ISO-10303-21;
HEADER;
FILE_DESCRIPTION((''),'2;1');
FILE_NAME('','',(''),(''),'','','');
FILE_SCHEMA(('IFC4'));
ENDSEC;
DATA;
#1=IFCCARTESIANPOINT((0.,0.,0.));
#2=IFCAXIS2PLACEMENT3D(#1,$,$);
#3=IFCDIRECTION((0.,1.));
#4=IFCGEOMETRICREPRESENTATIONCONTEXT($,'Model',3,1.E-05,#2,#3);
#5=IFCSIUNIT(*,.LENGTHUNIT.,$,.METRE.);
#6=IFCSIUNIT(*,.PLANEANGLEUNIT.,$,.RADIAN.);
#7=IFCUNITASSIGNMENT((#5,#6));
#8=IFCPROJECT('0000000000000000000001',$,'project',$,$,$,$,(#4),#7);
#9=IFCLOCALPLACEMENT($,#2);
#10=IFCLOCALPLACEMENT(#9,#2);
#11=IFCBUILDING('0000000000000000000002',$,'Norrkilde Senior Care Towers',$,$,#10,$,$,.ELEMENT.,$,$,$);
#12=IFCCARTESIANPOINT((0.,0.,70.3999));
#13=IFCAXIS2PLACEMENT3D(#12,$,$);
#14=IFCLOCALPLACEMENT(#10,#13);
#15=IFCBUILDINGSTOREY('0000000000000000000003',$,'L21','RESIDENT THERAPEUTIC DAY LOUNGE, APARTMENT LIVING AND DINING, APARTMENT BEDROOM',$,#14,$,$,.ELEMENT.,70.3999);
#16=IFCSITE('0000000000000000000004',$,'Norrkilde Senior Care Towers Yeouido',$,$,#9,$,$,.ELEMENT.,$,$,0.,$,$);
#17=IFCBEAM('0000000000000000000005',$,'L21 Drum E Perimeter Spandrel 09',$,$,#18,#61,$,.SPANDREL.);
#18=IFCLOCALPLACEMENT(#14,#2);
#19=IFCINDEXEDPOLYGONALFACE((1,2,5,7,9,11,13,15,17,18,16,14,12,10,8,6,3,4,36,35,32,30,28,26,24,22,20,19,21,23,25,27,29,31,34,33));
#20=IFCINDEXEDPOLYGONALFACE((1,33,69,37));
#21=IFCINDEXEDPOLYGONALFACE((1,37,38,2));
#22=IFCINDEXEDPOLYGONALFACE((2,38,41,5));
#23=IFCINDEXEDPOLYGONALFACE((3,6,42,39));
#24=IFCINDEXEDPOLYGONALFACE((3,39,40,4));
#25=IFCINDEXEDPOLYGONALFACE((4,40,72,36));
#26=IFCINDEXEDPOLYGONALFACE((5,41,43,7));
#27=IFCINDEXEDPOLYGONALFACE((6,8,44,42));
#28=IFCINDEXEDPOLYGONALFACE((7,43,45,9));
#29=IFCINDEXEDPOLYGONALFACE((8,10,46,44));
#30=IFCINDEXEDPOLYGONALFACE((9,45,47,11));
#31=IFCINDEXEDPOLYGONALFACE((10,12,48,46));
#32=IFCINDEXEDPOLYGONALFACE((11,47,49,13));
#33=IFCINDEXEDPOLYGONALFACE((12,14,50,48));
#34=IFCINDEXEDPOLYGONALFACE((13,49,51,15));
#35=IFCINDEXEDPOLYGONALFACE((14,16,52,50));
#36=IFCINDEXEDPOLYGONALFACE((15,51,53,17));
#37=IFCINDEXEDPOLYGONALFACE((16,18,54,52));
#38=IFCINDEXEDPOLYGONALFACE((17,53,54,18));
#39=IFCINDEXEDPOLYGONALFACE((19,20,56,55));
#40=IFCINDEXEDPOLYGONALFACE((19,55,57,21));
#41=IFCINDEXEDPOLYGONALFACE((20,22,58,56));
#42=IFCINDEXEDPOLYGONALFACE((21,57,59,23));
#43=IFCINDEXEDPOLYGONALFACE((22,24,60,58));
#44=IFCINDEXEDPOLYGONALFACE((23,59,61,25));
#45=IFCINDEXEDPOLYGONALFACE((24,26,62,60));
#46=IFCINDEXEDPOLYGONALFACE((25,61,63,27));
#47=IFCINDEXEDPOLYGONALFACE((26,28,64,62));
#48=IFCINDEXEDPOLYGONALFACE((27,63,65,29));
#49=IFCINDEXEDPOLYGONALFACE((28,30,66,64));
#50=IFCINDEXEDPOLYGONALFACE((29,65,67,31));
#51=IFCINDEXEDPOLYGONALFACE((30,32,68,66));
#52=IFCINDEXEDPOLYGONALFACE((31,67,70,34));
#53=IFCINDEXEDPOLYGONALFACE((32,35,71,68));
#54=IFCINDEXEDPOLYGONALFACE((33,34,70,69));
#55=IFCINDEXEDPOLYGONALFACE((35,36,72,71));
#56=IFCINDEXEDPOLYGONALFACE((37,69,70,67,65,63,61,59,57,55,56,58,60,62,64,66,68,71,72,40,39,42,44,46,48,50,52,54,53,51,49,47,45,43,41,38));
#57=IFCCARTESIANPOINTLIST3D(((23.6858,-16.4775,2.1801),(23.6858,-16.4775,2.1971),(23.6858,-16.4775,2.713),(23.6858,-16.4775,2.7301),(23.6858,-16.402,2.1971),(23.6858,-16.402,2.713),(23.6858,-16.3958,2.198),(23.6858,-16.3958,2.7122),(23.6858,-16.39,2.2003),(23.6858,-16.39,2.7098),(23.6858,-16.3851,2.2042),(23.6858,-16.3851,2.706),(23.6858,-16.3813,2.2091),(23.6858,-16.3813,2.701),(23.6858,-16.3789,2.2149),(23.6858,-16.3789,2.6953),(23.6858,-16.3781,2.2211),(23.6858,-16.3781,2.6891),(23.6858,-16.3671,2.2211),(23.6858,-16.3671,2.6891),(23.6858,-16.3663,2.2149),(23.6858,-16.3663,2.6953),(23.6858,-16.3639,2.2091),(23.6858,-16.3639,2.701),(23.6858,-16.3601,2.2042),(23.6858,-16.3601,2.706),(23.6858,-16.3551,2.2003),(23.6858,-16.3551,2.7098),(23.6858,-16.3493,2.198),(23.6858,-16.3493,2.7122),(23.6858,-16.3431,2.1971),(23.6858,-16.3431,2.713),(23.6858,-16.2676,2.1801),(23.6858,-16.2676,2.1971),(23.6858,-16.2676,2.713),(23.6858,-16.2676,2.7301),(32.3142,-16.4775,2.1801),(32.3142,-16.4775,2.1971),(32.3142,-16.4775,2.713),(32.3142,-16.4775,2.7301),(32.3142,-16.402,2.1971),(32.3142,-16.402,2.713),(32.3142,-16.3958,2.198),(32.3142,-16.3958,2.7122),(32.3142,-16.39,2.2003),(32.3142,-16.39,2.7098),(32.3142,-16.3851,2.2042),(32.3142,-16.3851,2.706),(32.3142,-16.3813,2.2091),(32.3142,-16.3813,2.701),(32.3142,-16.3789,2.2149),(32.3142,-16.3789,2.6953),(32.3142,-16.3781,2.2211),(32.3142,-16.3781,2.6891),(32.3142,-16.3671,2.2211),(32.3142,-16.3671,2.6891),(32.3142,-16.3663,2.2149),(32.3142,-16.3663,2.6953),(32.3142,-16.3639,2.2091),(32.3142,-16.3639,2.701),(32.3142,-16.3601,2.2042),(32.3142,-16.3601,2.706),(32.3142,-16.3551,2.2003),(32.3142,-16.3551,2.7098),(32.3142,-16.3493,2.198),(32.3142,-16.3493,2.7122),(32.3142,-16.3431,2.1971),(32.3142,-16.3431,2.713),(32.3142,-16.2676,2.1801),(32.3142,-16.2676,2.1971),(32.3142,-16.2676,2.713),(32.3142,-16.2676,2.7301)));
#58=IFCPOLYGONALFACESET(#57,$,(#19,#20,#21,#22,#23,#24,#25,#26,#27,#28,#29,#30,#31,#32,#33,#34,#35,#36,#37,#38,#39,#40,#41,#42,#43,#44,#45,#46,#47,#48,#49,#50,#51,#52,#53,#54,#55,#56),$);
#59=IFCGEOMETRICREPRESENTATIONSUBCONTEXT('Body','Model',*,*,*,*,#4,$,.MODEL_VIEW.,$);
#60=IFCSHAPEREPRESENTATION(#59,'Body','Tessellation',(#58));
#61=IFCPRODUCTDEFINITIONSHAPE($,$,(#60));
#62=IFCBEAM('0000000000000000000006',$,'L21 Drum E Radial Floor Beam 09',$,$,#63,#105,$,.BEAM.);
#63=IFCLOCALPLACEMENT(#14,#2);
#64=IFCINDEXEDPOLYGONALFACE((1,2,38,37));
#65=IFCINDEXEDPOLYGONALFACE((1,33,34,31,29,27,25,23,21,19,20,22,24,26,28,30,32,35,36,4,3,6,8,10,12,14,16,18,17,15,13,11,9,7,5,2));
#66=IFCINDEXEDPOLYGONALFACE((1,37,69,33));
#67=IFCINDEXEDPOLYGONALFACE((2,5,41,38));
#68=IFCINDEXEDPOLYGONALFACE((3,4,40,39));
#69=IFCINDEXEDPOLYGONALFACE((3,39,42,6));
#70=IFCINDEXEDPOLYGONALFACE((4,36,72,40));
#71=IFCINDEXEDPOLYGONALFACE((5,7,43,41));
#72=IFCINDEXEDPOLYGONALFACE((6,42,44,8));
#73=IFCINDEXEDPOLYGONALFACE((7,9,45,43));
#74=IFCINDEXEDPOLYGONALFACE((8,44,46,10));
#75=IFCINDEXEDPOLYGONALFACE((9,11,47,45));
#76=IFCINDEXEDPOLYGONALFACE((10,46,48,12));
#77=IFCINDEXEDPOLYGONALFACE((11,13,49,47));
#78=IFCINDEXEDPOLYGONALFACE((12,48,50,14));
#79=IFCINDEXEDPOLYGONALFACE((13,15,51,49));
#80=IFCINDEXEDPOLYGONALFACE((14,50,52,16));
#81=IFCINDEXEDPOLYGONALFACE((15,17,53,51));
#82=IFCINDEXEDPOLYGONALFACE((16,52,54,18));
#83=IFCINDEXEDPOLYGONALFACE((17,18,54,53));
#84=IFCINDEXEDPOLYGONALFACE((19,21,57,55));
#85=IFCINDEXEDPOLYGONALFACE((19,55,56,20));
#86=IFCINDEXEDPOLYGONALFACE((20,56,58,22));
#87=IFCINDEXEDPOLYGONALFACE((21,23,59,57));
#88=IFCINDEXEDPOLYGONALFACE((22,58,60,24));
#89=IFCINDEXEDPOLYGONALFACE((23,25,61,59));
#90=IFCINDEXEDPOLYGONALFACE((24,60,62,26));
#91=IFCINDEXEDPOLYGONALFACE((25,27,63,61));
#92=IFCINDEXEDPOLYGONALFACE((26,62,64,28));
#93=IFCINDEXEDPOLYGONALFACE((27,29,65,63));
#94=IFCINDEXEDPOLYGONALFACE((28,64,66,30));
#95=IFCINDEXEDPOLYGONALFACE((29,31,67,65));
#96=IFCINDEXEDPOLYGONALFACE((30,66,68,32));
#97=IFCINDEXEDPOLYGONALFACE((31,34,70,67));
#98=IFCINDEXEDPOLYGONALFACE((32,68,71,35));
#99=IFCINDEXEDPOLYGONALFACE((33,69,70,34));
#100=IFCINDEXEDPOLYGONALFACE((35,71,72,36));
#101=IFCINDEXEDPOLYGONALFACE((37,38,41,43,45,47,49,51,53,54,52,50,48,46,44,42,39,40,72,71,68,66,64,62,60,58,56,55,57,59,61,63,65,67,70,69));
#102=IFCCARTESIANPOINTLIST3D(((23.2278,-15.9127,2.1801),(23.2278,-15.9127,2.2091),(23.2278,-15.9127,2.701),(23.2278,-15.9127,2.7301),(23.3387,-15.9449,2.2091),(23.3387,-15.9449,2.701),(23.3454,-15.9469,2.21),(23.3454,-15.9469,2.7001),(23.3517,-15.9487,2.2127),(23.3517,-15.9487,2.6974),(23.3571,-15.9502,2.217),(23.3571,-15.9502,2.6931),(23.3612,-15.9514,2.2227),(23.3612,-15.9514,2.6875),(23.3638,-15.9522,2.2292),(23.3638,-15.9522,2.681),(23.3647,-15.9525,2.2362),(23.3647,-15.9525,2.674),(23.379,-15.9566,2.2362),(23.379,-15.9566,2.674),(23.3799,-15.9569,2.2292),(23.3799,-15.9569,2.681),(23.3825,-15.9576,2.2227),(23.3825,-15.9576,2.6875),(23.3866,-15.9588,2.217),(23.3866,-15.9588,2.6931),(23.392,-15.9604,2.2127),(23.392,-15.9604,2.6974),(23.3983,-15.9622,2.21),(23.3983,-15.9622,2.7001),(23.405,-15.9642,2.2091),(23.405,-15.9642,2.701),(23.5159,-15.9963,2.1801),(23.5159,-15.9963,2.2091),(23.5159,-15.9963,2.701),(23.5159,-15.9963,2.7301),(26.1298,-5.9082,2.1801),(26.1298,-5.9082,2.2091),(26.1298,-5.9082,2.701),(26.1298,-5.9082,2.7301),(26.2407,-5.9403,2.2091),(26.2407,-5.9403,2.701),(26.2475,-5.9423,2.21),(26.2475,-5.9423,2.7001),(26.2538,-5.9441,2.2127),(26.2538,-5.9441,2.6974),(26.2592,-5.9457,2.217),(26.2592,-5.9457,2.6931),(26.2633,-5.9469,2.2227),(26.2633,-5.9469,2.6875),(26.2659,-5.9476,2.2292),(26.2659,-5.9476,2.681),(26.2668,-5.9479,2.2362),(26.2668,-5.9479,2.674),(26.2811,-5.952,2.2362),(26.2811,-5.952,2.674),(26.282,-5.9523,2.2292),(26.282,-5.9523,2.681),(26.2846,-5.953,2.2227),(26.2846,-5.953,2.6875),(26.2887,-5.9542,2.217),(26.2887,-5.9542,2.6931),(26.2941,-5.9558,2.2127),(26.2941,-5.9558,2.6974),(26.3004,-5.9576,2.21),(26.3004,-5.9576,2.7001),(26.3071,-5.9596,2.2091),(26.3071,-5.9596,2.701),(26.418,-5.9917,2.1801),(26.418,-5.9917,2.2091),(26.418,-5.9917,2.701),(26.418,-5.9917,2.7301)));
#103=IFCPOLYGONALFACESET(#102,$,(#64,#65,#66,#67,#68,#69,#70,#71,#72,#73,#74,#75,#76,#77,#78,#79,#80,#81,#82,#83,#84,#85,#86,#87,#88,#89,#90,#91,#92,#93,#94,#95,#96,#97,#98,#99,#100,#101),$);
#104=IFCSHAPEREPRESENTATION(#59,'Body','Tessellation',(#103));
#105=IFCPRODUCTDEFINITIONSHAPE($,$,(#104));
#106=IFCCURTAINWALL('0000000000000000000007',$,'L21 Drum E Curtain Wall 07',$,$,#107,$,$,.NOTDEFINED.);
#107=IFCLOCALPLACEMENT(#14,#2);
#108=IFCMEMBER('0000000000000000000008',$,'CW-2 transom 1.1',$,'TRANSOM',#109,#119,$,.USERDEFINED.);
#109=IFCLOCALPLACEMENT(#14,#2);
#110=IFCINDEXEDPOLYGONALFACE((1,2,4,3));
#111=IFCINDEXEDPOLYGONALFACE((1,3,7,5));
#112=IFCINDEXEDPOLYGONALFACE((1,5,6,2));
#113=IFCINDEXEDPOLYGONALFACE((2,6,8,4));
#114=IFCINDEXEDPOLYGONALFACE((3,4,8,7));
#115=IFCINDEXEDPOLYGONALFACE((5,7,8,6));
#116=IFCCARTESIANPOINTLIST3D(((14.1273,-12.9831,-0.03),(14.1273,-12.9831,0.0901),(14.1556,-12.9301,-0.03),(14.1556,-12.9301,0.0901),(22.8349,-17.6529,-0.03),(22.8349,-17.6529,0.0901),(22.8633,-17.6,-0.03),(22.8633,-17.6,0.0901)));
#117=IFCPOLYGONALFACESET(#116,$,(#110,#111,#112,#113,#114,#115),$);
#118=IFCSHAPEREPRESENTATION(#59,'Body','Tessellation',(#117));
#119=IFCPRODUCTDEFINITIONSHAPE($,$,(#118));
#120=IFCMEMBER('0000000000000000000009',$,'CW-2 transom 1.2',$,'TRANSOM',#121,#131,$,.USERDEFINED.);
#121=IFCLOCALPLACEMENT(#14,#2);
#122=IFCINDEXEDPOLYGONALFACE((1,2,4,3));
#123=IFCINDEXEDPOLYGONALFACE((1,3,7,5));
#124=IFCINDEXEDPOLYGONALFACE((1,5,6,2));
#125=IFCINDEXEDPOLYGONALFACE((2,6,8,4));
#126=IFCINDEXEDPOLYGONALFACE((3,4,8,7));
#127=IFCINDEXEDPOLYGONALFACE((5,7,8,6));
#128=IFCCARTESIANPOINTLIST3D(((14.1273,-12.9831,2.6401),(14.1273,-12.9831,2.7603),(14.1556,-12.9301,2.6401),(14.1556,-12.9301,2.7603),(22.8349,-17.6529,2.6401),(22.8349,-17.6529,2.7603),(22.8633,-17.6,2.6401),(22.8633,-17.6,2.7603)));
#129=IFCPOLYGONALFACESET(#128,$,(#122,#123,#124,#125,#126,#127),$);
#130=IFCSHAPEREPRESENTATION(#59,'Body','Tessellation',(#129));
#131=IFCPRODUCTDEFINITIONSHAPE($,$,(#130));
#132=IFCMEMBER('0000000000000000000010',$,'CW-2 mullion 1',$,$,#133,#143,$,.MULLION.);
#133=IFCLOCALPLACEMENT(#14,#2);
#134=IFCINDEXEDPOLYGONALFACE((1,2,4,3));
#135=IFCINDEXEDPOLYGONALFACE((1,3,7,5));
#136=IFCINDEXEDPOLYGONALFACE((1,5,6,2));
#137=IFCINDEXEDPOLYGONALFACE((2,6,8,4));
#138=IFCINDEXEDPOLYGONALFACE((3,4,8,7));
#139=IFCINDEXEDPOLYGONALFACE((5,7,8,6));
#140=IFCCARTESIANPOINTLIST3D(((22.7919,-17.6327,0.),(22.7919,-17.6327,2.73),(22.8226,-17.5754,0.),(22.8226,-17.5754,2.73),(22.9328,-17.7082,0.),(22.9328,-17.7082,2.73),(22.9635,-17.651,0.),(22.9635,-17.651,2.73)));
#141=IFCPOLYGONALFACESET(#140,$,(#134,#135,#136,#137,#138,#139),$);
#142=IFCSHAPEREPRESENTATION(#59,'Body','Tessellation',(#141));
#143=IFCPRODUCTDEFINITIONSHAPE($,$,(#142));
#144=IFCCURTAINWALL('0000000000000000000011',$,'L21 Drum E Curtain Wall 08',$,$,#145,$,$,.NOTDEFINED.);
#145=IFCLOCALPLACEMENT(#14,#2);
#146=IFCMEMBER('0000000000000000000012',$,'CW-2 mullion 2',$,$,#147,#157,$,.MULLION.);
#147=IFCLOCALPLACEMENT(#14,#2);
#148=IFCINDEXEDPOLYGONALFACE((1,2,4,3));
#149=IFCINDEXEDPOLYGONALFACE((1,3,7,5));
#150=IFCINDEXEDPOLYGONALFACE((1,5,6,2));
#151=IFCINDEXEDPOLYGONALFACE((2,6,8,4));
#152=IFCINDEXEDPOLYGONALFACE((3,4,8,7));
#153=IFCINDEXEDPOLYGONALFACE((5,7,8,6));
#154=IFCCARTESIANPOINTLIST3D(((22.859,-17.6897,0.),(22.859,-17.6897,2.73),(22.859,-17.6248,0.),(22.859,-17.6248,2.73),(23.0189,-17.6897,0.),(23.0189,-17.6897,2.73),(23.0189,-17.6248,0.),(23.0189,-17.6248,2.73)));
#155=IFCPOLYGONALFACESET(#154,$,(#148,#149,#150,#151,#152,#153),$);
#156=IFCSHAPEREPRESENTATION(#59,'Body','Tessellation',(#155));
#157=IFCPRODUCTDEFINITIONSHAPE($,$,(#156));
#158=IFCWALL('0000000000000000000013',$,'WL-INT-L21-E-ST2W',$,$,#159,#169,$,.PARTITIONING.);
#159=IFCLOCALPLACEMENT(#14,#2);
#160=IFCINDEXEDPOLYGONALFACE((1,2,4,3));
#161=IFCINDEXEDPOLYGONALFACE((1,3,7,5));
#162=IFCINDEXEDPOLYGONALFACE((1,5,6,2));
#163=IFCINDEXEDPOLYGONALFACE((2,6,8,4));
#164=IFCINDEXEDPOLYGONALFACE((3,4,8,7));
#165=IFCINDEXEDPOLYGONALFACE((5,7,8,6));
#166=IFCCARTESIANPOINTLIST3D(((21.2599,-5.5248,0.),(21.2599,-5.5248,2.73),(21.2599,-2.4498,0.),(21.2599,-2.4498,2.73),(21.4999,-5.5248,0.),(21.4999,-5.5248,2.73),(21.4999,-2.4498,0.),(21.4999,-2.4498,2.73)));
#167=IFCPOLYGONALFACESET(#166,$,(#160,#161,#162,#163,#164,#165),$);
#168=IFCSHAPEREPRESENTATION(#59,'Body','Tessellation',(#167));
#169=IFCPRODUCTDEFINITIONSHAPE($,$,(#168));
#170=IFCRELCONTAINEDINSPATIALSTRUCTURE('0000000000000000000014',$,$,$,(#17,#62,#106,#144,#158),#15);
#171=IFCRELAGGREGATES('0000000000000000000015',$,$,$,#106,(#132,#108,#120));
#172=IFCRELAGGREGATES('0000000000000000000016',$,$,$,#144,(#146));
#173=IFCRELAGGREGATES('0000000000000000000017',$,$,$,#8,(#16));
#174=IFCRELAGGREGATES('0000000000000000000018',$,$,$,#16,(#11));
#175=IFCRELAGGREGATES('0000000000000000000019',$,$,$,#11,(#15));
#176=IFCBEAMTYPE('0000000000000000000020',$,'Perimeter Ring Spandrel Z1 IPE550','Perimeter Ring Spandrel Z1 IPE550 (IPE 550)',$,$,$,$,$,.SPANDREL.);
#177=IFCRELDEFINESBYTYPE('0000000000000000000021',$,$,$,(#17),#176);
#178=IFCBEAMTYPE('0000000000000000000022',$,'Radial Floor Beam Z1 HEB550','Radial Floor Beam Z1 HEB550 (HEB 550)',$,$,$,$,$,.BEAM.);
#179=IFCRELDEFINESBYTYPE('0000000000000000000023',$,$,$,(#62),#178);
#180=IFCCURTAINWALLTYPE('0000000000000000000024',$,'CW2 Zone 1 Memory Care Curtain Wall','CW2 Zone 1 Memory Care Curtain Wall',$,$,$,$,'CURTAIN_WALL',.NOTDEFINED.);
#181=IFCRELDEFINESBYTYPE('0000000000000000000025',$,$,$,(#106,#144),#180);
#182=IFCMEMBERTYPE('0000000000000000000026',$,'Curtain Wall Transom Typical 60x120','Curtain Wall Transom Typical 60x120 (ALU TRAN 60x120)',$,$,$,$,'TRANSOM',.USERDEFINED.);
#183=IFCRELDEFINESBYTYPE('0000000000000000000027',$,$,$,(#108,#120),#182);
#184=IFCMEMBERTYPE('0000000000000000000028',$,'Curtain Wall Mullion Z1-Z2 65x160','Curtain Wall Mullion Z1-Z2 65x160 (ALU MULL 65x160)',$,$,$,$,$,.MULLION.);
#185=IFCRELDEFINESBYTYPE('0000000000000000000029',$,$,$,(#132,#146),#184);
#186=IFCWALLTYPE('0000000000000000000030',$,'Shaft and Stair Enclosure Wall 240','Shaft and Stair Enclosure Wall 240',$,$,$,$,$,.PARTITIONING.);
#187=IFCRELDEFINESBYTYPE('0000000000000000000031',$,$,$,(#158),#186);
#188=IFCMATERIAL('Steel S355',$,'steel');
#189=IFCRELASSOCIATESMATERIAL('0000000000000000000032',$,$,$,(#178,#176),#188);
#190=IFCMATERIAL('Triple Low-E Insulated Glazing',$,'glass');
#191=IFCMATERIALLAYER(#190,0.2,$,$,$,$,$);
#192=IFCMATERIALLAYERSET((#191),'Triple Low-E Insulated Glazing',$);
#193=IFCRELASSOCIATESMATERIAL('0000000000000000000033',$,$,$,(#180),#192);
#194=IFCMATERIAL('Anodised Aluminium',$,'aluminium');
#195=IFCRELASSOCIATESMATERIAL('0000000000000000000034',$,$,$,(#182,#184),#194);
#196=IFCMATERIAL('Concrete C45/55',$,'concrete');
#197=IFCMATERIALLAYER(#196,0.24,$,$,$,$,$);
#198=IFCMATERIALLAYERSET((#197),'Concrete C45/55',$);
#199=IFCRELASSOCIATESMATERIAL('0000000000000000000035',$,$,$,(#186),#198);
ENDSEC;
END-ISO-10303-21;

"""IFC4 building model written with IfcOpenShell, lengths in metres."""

from ifc_helpers import new_model, si_unit, direction, frame, frame_2d, origin, origin_2d, place, context, subcontext, project, spatial, rectangle, i_section, extrude, source, transform, mapped, material, layer, layer_set, material_profile, profile_set, type_object, type_shapes, element, aggregate, save


model = new_model("IFC4")

# Units and contexts
model_context = context("Model", 3, precision=1e-05, world=origin(), true_north=direction((0.0, 1.0)))
body_context = subcontext(model_context, "Body", "Model", "MODEL_VIEW")
ifc_project = project(units=[si_unit("LENGTHUNIT", "METRE"), si_unit("PLANEANGLEUNIT", "RADIAN")], contexts=[model_context])

# Site, building, storey
site_placement = place(None, origin())
site = spatial("IfcSite", under=ifc_project, at=site_placement, Name="Norrkilde Senior Care Towers Yeouido", CompositionType="ELEMENT", RefElevation=0.0)
building_placement = place(site_placement, origin())
building = spatial("IfcBuilding", under=site, at=building_placement, Name="Norrkilde Senior Care Towers", CompositionType="ELEMENT")
storey_placement = place(building_placement, frame((0.0, 0.0, 70.3999)))
storey = spatial("IfcBuildingStorey", under=building, at=storey_placement, Name="L21", Description="RESIDENT THERAPEUTIC DAY LOUNGE, APARTMENT LIVING AND DINING, APARTMENT BEDROOM", CompositionType="ELEMENT", Elevation=70.3999)

# Beams
ifc_material_1 = material(Name="Steel S355", Category="steel")
ifc_material_profile_1 = material_profile(ifc_material_1, i_section(OverallWidth=0.3, OverallDepth=0.55, WebThickness=0.0149, FlangeThickness=0.0291, FilletRadius=0.0271, at=origin_2d()), Name="HEB 550")
ifc_profile_set_1 = profile_set([ifc_material_profile_1], Name="Steel S355")
beam_type_1 = type_object("IfcBeamType", Name="Radial Floor Beam Z1 HEB550", Description="Radial Floor Beam Z1 HEB550 (HEB 550)", PredefinedType="BEAM", material=ifc_profile_set_1)
ifc_material_profile_2 = material_profile(ifc_material_1, i_section(OverallWidth=0.21, OverallDepth=0.55, WebThickness=0.011, FlangeThickness=0.0171, FilletRadius=0.0239, at=origin_2d()), Name="IPE 550")
ifc_profile_set_2 = profile_set([ifc_material_profile_2], Name="Steel S355")
beam_type_2 = type_object("IfcBeamType", Name="Perimeter Ring Spandrel Z1 IPE550", Description="Perimeter Ring Spandrel Z1 IPE550 (IPE 550)", PredefinedType="SPANDREL", material=ifc_profile_set_2)
shared_shape_1 = source(origin(), body_context, "Body", "SweptSolid", [
    extrude(i_section(OverallWidth=0.21, OverallDepth=0.55, WebThickness=0.011, FlangeThickness=0.0171, FilletRadius=0.0239, at=origin_2d()), origin(), (0.0, 0.0, 1.0), 8.6284),
])
type_shapes(beam_type_2, [shared_shape_1])
beam_1_placement = place(storey_placement, frame((23.6858, -16.3726, 2.4551), z_axis=(1.0, 0.0, 0.0), x_axis=(0.0, 1.0, 0.0)))
element("IfcBeam", 1, at=beam_1_placement, inside=storey, type_object=beam_type_2, Name="L21 Drum E Perimeter Spandrel 09", PredefinedType="SPANDREL", context=body_context, shape_type="MappedRepresentation", body=[
    mapped(shared_shape_1, transform((0.0, 0.0, 0.0), x_axis=(1.0, 0.0, 0.0), y_axis=(0.0, 1.0, 0.0), z_axis=(0.0, 0.0, 1.0), scale=1.0)),
])
shared_shape_2 = source(origin(), body_context, "Body", "SweptSolid", [
    extrude(i_section(OverallWidth=0.3, OverallDepth=0.55, WebThickness=0.0149, FlangeThickness=0.0291, FilletRadius=0.0271, at=origin_2d()), origin(), (0.0, 0.0, 1.0), 10.417),
])
beam_2_placement = place(storey_placement, frame((26.2739, -5.95, 2.4551), z_axis=(-0.278591, -0.96041, 0.0), x_axis=(0.96041, -0.278591, 0.0)))
element("IfcBeam", 2, at=beam_2_placement, inside=storey, type_object=beam_type_1, Name="L21 Drum E Radial Floor Beam 09", PredefinedType="BEAM", context=body_context, shape_type="MappedRepresentation", body=[
    mapped(shared_shape_2, transform((0.0, 0.0, 0.0), x_axis=(1.0, 0.0, 0.0), y_axis=(0.0, 1.0, 0.0), z_axis=(0.0, 0.0, 1.0), scale=1.0)),
])

# Curtain wall, members
ifc_material_2 = material(Name="Triple Low-E Insulated Glazing", Category="glass")
ifc_layer_1 = layer(ifc_material_2, 0.2)
ifc_layer_set_1 = layer_set([ifc_layer_1], Name="Triple Low-E Insulated Glazing")
curtain_wall_type = type_object("IfcCurtainWallType", Name="CW2 Zone 1 Memory Care Curtain Wall", Description="CW2 Zone 1 Memory Care Curtain Wall", ElementType="CURTAIN_WALL", PredefinedType="NOTDEFINED", material=ifc_layer_set_1)
curtain_wall_1_placement = place(storey_placement, origin())
curtain_wall_1 = element("IfcCurtainWall", 3, at=curtain_wall_1_placement, inside=storey, type_object=curtain_wall_type, Name="L21 Drum E Curtain Wall 07", PredefinedType="NOTDEFINED")
ifc_material_3 = material(Name="Anodised Aluminium", Category="aluminium")
ifc_material_profile_3 = material_profile(ifc_material_3, rectangle(XDim=0.0601, YDim=0.1201, at=origin_2d()), Name="ALU TRAN 60x120")
ifc_profile_set_3 = profile_set([ifc_material_profile_3], Name="Anodised Aluminium")
member_type_1 = type_object("IfcMemberType", Name="Curtain Wall Transom Typical 60x120", Description="Curtain Wall Transom Typical 60x120 (ALU TRAN 60x120)", ElementType="TRANSOM", PredefinedType="USERDEFINED", material=ifc_profile_set_3)
shared_shape_3 = source(origin(), body_context, "Body", "SweptSolid", [
    extrude(rectangle(XDim=0.0601, YDim=0.1201, at=origin_2d()), origin(), (0.0, 0.0, 1.0), 9.8809),
])
type_shapes(member_type_1, [shared_shape_3])
member_1_placement = place(storey_placement, frame((22.8491, -17.6265, 0.03), z_axis=(-0.881267, 0.472618, 0.0), x_axis=(-0.472618, -0.881267, 0.0)))
member_1 = element("IfcMember", 4, at=member_1_placement, type_object=member_type_1, Name="CW-2 transom 1.1", ObjectType="TRANSOM", PredefinedType="USERDEFINED", context=body_context, shape_type="MappedRepresentation", body=[
    mapped(shared_shape_3, transform((0.0, 0.0, 0.0), x_axis=(1.0, 0.0, 0.0), y_axis=(0.0, 1.0, 0.0), z_axis=(0.0, 0.0, 1.0), scale=1.0)),
])
member_2_placement = place(storey_placement, frame((22.8491, -17.6265, 2.7002), z_axis=(-0.881267, 0.472618, 0.0), x_axis=(-0.472618, -0.881267, 0.0)))
member_2 = element("IfcMember", 5, at=member_2_placement, type_object=member_type_1, Name="CW-2 transom 1.2", ObjectType="TRANSOM", PredefinedType="USERDEFINED", context=body_context, shape_type="MappedRepresentation", body=[
    mapped(shared_shape_3, transform((0.0, 0.0, 0.0), x_axis=(1.0, 0.0, 0.0), y_axis=(0.0, 1.0, 0.0), z_axis=(0.0, 0.0, 1.0), scale=1.0)),
])
ifc_material_profile_4 = material_profile(ifc_material_3, rectangle(XDim=0.0649, YDim=0.1599, at=origin_2d()), Name="ALU MULL 65x160")
ifc_profile_set_4 = profile_set([ifc_material_profile_4], Name="Anodised Aluminium")
member_type_2 = type_object("IfcMemberType", Name="Curtain Wall Mullion Z1-Z2 65x160", Description="Curtain Wall Mullion Z1-Z2 65x160 (ALU MULL 65x160)", PredefinedType="MULLION", material=ifc_profile_set_4)
shared_shape_4 = source(origin(), body_context, "Body", "SweptSolid", [
    extrude(rectangle(XDim=0.0649, YDim=0.1599, at=origin_2d()), origin(), (0.0, 0.0, 1.0), 2.73),
])
type_shapes(member_type_2, [shared_shape_4])
member_3_placement = place(storey_placement, frame((22.8777, -17.6418, 0.0), z_axis=(0.0, 0.0, 1.0), x_axis=(-0.472608, -0.881273, 0.0)))
member_3 = element("IfcMember", 6, at=member_3_placement, type_object=member_type_2, Name="CW-2 mullion 1", PredefinedType="MULLION", context=body_context, shape_type="MappedRepresentation", body=[
    mapped(shared_shape_4, transform((0.0, 0.0, 0.0), x_axis=(1.0, 0.0, 0.0), y_axis=(0.0, 1.0, 0.0), z_axis=(0.0, 0.0, 1.0), scale=1.0)),
])
aggregate(curtain_wall_1, [member_3, member_1, member_2])

# Curtain wall, member
curtain_wall_2_placement = place(storey_placement, origin())
curtain_wall_2 = element("IfcCurtainWall", 7, at=curtain_wall_2_placement, inside=storey, type_object=curtain_wall_type, Name="L21 Drum E Curtain Wall 08", PredefinedType="NOTDEFINED")
member_4_placement = place(storey_placement, frame((22.939, -17.6572, 0.0), z_axis=(0.0, 0.0, 1.0), x_axis=(0.0, -1.0, 0.0)))
member_4 = element("IfcMember", 8, at=member_4_placement, type_object=member_type_2, Name="CW-2 mullion 2", PredefinedType="MULLION", context=body_context, shape_type="MappedRepresentation", body=[
    mapped(shared_shape_4, transform((0.0, 0.0, 0.0), x_axis=(1.0, 0.0, 0.0), y_axis=(0.0, 1.0, 0.0), z_axis=(0.0, 0.0, 1.0), scale=1.0)),
])
aggregate(curtain_wall_2, [member_4])

# Shared definitions
ifc_material_4 = material(Name="Concrete C45/55", Category="concrete")
ifc_layer_2 = layer(ifc_material_4, 0.24)
ifc_layer_set_2 = layer_set([ifc_layer_2], Name="Concrete C45/55")
wall_type_1 = type_object("IfcWallType", Name="Shaft and Stair Enclosure Wall 240", Description="Shaft and Stair Enclosure Wall 240", PredefinedType="PARTITIONING", material=ifc_layer_set_2)

# Wall
shared_shape_5 = source(origin(), body_context, "Body", "SweptSolid", [
    extrude(rectangle(XDim=3.075, YDim=0.24, at=frame_2d((1.5376, 0.0))), origin(), (0.0, 0.0, 1.0), 2.73),
])
wall_1_placement = place(storey_placement, frame((21.3799, -5.5249, 0.0), z_axis=(0.0, 0.0, 1.0), x_axis=(0.0, 1.0, 0.0)))
element("IfcWall", 9, at=wall_1_placement, inside=storey, type_object=wall_type_1, Name="WL-INT-L21-E-ST2W", PredefinedType="PARTITIONING", context=body_context, shape_type="MappedRepresentation", body=[
    mapped(shared_shape_5, transform((0.0, 0.0, 0.0), x_axis=(1.0, 0.0, 0.0), y_axis=(0.0, 1.0, 0.0), z_axis=(0.0, 0.0, 1.0), scale=1.0)),
])

save(model, "model.ifc")
